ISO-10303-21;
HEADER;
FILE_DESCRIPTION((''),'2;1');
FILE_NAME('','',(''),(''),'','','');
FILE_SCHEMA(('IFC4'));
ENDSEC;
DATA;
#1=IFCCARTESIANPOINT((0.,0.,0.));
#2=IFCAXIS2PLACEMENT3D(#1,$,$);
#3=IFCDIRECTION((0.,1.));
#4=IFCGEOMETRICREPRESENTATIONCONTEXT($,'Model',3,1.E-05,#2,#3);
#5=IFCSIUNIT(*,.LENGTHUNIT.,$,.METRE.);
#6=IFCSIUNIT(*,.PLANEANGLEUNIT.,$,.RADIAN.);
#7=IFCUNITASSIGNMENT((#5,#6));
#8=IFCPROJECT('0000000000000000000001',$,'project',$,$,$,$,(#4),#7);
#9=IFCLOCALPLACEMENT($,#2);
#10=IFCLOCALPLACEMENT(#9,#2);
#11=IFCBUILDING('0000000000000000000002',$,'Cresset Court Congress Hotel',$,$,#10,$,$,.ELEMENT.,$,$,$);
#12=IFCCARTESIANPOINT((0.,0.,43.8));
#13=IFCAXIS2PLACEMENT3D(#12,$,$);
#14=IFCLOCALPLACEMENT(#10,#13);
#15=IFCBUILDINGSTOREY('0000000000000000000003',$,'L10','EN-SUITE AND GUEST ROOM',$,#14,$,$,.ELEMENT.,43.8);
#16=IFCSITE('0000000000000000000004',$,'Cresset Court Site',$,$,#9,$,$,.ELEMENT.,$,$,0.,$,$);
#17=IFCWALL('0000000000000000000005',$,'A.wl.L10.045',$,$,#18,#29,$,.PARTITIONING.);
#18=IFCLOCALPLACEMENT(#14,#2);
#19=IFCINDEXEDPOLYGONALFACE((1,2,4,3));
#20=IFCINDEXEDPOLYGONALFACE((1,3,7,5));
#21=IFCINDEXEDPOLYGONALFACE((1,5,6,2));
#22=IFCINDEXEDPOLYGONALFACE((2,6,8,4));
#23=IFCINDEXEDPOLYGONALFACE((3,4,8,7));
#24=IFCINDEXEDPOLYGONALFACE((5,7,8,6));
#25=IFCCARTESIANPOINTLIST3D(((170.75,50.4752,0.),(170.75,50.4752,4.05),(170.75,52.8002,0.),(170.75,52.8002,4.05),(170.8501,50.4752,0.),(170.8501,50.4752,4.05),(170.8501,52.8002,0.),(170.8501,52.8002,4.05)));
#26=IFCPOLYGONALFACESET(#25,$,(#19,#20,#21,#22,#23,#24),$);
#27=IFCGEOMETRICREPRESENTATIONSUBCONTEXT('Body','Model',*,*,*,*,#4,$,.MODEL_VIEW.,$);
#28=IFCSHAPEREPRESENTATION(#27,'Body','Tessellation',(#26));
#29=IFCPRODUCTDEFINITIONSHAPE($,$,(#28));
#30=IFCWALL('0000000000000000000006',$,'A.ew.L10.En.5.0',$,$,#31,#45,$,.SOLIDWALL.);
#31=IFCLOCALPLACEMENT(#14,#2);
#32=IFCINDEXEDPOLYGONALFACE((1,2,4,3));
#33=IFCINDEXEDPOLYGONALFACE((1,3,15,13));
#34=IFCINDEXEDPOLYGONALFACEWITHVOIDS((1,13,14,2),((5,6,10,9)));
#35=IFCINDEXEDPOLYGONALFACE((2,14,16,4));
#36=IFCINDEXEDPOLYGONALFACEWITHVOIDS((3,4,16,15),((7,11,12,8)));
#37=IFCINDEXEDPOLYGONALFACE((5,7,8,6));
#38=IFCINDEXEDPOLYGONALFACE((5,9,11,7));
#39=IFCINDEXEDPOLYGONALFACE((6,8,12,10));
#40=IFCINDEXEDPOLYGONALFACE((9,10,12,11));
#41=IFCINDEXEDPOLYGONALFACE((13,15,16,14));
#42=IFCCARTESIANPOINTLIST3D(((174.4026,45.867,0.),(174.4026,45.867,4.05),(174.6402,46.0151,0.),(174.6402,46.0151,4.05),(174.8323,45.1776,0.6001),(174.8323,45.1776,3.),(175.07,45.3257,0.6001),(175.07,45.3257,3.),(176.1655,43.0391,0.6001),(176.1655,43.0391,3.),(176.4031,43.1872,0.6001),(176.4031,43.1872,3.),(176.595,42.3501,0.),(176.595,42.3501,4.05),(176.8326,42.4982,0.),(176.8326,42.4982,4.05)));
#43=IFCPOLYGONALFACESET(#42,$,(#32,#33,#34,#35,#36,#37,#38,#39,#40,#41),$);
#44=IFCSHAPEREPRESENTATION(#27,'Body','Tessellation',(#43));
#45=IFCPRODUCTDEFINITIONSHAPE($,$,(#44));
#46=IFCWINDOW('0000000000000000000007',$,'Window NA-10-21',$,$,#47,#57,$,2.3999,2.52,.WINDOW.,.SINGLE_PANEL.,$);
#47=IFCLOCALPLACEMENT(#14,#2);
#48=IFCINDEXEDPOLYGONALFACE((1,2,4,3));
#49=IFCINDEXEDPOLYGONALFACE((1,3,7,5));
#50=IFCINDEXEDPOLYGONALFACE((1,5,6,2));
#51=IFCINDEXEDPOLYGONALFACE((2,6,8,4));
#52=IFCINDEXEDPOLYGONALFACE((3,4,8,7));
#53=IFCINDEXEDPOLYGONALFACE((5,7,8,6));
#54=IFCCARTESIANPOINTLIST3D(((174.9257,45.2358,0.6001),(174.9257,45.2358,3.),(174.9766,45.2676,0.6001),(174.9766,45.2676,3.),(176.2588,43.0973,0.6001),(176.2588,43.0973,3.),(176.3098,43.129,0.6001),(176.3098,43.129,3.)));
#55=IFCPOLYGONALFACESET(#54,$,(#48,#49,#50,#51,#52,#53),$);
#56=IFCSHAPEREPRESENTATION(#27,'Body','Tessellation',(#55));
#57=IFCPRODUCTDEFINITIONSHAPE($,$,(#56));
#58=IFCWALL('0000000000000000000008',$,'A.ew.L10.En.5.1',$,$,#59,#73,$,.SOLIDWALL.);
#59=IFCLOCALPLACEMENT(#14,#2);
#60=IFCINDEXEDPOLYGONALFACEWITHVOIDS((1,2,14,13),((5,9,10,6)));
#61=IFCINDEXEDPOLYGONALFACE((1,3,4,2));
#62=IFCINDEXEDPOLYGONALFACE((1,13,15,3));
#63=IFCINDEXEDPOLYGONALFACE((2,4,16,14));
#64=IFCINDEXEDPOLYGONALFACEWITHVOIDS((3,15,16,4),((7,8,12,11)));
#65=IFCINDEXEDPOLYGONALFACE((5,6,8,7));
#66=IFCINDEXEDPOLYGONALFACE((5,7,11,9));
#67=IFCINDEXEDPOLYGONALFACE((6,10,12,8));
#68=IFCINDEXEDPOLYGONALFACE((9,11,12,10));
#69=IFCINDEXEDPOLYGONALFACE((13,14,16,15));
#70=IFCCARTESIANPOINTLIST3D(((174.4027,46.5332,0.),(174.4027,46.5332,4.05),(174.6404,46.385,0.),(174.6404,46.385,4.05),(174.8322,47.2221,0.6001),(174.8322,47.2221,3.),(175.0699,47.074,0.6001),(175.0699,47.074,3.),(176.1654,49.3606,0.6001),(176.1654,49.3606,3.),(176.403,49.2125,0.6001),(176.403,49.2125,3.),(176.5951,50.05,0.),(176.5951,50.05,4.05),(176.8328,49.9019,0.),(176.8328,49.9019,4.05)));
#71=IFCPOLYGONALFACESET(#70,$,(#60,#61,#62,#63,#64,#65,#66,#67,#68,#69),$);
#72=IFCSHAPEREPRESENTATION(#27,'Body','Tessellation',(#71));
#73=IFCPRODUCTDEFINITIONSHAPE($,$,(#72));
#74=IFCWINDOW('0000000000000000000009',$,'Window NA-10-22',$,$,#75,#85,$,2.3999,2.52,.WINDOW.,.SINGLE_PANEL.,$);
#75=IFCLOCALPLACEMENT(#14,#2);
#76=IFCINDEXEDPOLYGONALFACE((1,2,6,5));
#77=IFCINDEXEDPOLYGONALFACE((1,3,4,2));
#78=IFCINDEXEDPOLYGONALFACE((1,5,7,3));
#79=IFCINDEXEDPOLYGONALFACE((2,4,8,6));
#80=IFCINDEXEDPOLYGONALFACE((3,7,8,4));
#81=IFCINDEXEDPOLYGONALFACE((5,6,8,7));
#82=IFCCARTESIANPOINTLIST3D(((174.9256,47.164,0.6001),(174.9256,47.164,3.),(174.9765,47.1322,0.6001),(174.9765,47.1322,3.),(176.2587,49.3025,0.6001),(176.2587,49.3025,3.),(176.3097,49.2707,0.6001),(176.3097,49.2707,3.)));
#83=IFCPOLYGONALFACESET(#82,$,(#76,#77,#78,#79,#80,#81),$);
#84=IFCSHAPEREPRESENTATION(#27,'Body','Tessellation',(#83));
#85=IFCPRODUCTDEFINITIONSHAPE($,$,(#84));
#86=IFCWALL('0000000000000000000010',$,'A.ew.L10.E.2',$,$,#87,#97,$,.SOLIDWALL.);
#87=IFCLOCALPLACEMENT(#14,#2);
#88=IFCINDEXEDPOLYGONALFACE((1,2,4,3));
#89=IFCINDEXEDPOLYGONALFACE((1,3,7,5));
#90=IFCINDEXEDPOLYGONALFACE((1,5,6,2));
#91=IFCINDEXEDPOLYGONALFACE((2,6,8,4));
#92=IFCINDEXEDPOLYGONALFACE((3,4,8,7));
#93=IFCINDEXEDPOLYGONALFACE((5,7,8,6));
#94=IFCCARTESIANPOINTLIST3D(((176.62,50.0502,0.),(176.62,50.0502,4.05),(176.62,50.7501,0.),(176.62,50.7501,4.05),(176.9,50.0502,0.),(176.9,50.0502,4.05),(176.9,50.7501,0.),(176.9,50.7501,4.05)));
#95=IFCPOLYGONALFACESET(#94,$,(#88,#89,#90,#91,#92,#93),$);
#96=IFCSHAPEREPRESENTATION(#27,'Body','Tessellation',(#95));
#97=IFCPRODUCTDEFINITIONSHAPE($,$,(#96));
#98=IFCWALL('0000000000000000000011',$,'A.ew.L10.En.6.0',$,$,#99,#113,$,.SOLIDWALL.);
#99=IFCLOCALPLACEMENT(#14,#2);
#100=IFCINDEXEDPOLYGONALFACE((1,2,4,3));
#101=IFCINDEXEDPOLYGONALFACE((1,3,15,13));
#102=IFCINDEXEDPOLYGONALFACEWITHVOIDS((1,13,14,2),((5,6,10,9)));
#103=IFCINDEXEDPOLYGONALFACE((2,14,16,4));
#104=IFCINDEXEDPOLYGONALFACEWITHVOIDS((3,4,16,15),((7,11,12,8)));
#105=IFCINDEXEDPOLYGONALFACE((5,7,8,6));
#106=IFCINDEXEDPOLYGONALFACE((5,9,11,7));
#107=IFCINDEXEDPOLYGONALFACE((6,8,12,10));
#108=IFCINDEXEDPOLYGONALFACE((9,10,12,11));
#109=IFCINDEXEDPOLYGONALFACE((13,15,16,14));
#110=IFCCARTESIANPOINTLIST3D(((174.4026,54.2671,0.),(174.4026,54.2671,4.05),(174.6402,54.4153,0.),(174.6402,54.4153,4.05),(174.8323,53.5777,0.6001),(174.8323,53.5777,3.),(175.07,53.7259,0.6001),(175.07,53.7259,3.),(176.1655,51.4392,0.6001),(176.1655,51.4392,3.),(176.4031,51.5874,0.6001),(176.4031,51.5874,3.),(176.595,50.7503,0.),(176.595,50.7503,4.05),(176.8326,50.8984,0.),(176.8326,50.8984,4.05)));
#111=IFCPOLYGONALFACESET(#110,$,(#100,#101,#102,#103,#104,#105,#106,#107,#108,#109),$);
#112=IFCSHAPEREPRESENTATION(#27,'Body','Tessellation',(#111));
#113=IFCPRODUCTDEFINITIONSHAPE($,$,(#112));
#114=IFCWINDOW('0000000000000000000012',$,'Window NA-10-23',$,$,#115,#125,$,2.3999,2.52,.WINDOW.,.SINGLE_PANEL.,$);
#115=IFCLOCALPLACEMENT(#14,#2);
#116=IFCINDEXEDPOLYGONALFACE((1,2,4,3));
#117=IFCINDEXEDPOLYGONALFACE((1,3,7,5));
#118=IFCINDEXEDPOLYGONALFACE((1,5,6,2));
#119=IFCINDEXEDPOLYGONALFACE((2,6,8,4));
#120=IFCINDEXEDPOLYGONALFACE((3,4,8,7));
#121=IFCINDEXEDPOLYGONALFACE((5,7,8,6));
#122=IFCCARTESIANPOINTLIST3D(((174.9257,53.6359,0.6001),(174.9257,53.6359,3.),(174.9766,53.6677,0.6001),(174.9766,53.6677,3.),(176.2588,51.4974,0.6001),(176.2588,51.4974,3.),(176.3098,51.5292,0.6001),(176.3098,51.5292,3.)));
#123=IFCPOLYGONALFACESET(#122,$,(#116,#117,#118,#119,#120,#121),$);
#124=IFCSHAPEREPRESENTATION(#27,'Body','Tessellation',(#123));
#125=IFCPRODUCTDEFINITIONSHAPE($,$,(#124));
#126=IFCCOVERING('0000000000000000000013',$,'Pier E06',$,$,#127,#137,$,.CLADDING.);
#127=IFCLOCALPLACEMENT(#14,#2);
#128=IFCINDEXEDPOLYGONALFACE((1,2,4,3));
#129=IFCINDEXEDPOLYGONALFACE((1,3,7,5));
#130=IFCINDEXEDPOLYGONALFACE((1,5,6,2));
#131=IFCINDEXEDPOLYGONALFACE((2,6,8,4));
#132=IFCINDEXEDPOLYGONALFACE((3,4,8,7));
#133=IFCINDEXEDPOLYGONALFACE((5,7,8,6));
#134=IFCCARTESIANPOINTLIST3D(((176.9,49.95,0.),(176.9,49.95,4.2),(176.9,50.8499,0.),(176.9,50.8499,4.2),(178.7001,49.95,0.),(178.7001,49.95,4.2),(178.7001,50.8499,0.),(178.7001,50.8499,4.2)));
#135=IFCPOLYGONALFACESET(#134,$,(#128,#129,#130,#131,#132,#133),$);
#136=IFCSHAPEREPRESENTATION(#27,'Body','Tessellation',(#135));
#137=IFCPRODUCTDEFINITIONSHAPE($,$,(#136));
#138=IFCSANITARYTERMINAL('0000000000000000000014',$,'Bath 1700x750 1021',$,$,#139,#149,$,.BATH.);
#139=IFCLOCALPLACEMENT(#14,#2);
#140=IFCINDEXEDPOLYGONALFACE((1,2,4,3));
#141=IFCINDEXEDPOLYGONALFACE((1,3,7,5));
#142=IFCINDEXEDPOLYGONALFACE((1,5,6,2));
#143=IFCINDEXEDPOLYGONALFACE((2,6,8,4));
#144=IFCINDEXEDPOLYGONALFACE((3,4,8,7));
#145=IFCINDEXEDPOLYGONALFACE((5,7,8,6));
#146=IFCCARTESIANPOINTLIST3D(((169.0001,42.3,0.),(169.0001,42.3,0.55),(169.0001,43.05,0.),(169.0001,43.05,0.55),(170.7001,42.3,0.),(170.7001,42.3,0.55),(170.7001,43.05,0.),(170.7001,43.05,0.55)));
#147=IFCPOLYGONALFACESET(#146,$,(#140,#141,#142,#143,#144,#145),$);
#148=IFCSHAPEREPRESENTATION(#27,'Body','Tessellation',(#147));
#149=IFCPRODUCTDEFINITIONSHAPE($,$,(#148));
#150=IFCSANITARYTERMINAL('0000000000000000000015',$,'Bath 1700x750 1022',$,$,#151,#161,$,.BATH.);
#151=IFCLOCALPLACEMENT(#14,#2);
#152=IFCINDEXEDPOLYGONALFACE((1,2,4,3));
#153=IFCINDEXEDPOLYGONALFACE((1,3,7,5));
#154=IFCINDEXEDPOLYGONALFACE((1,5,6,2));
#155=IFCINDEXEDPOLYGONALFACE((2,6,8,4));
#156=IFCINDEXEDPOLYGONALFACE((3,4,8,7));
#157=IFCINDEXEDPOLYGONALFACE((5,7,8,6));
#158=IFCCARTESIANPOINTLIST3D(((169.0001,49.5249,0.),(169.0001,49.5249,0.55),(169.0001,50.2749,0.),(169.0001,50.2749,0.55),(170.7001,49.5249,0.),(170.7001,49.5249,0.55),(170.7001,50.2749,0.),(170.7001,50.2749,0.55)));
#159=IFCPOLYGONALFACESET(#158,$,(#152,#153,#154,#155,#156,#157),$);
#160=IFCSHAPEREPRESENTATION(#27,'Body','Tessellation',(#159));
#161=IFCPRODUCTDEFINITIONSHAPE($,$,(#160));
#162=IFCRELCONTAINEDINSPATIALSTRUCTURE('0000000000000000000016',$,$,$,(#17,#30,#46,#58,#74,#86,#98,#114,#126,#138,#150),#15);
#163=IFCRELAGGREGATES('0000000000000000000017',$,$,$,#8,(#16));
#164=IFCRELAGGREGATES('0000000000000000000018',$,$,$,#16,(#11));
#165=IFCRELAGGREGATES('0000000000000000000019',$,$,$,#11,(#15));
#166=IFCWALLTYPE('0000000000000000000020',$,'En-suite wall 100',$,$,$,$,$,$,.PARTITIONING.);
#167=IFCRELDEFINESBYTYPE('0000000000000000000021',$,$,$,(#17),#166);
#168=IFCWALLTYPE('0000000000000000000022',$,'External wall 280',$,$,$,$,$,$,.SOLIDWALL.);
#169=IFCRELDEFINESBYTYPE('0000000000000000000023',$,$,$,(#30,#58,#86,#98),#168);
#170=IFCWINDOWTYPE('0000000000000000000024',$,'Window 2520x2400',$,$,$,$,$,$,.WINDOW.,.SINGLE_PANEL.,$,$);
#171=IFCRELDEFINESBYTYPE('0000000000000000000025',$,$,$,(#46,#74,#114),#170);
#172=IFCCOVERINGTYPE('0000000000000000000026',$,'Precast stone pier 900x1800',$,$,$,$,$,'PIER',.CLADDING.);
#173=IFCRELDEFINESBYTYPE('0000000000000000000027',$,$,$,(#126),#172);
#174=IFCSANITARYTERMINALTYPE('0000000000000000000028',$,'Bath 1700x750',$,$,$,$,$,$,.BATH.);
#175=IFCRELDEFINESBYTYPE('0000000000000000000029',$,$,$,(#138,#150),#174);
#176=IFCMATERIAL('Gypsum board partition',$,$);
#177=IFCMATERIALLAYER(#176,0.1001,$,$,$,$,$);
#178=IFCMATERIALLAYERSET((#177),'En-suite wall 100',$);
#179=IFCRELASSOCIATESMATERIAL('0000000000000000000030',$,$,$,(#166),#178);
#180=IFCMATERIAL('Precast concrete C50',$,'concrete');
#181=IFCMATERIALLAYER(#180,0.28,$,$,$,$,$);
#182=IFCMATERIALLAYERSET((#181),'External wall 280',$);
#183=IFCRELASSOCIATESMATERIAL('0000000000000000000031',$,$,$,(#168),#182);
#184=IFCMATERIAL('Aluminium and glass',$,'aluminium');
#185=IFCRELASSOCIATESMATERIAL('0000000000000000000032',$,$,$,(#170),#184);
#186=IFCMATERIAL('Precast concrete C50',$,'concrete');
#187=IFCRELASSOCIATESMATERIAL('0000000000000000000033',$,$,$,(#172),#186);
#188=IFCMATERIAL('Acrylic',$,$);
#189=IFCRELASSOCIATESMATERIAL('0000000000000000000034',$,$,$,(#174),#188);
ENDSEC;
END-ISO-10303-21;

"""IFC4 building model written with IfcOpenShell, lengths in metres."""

from ifc_helpers import new_model, si_unit, direction, frame, frame_2d, origin, origin_2d, place, context, subcontext, project, spatial, rectangle, extrude, material, layer, layer_set, type_object, element, fill, save


model = new_model("IFC4")

# Units and contexts
model_context = context("Model", 3, precision=1e-05, world=origin(), true_north=direction((0.0, 1.0)))
body_context = subcontext(model_context, "Body", "Model", "MODEL_VIEW")
ifc_project = project(units=[si_unit("LENGTHUNIT", "METRE"), si_unit("PLANEANGLEUNIT", "RADIAN")], contexts=[model_context])

# Site, building, storey
site_placement = place(None, origin())
site = spatial("IfcSite", under=ifc_project, at=site_placement, Name="Cresset Court Site", CompositionType="ELEMENT", RefElevation=0.0)
building_placement = place(site_placement, origin())
building = spatial("IfcBuilding", under=site, at=building_placement, Name="Cresset Court Congress Hotel", CompositionType="ELEMENT")
storey_placement = place(building_placement, frame((0.0, 0.0, 43.8)))
storey = spatial("IfcBuildingStorey", under=building, at=storey_placement, Name="L10", Description="EN-SUITE AND GUEST ROOM", CompositionType="ELEMENT", Elevation=43.8)

# Shared definitions
ifc_material_1 = material(Name="Gypsum board partition")
ifc_layer_1 = layer(ifc_material_1, 0.1001)
ifc_layer_set_1 = layer_set([ifc_layer_1], Name="En-suite wall 100")
wall_type_1 = type_object("IfcWallType", Name="En-suite wall 100", PredefinedType="PARTITIONING", material=ifc_layer_set_1)

# Wall
wall_1_placement = place(storey_placement, frame((170.8, 50.4751, 0.0), z_axis=(0.0, 0.0, 1.0), x_axis=(0.0, 1.0, 0.0)))
element("IfcWall", 1, at=wall_1_placement, inside=storey, type_object=wall_type_1, Name="A.wl.L10.045", PredefinedType="PARTITIONING", context=body_context, shape_type="SweptSolid", body=[
    extrude(rectangle(XDim=2.325, YDim=0.1001, at=frame_2d((1.1626, 0.0))), origin(), (0.0, 0.0, 1.0), 4.05),
])

# Walls, openings, windows
ifc_material_2 = material(Name="Precast concrete C50", Category="concrete")
ifc_layer_2 = layer(ifc_material_2, 0.28)
ifc_layer_set_2 = layer_set([ifc_layer_2], Name="External wall 280")
wall_type_2 = type_object("IfcWallType", Name="External wall 280", PredefinedType="SOLIDWALL", material=ifc_layer_set_2)
wall_2_placement = place(storey_placement, frame((176.7139, 42.4241, 0.0), z_axis=(0.0, 0.0, 1.0), x_axis=(-0.529019, 0.84861, 0.0)))
wall_2 = element("IfcWall", 2, at=wall_2_placement, inside=storey, type_object=wall_type_2, Name="A.ew.L10.En.5.0", PredefinedType="SOLIDWALL", context=body_context, shape_type="SweptSolid", body=[
    extrude(rectangle(XDim=4.1443, YDim=0.28, at=frame_2d((2.0723, 0.0))), origin(), (0.0, 0.0, 1.0), 4.05),
])
opening_1_placement = place(wall_2_placement, frame((0.812, 0.0, 0.6001)))
opening_1 = element("IfcOpeningElement", 3, at=opening_1_placement, cuts=wall_2, PredefinedType="OPENING", context=body_context, shape_type="SweptSolid", body=[
    extrude(rectangle(XDim=2.52, YDim=2.3999, at=frame_2d((1.26, 1.2))), frame((0.0, 0.1499, 0.0), z_axis=(0.0, -1.0, 0.0), x_axis=(1.0, 0.0, 0.0)), (0.0, 0.0, 1.0), 0.3),
])
ifc_material_3 = material(Name="Aluminium and glass", Category="aluminium")
window_type = type_object("IfcWindowType", Name="Window 2520x2400", PartitioningType="SINGLE_PANEL", PredefinedType="WINDOW", material=ifc_material_3)
window_1_placement = place(opening_1_placement, origin())
window_1 = element("IfcWindow", 4, at=window_1_placement, inside=storey, type_object=window_type, Name="Window NA-10-21", OverallHeight=2.3999, OverallWidth=2.52, PartitioningType="SINGLE_PANEL", PredefinedType="WINDOW", context=body_context, shape_type="SweptSolid", body=[
    extrude(rectangle(XDim=2.52, YDim=2.3999, at=frame_2d((1.26, 1.2))), frame((0.0, 0.03, 0.0), z_axis=(0.0, -1.0, 0.0), x_axis=(1.0, 0.0, 0.0)), (0.0, 0.0, 1.0), 0.0601),
])
fill(opening_1, window_1)
wall_3_placement = place(storey_placement, frame((174.5215, 46.459, 0.0), z_axis=(0.0, 0.0, 1.0), x_axis=(0.529019, 0.84861, 0.0)))
wall_3 = element("IfcWall", 5, at=wall_3_placement, inside=storey, type_object=wall_type_2, Name="A.ew.L10.En.5.1", PredefinedType="SOLIDWALL", context=body_context, shape_type="SweptSolid", body=[
    extrude(rectangle(XDim=4.1443, YDim=0.28, at=frame_2d((2.0723, 0.0))), origin(), (0.0, 0.0, 1.0), 4.05),
])
opening_2_placement = place(wall_3_placement, frame((0.812, 0.0, 0.6001)))
opening_2 = element("IfcOpeningElement", 6, at=opening_2_placement, cuts=wall_3, PredefinedType="OPENING", context=body_context, shape_type="SweptSolid", body=[
    extrude(rectangle(XDim=2.52, YDim=2.3999, at=frame_2d((1.26, 1.2))), frame((0.0, 0.1499, 0.0), z_axis=(0.0, -1.0, 0.0), x_axis=(1.0, 0.0, 0.0)), (0.0, 0.0, 1.0), 0.3),
])
window_2_placement = place(opening_2_placement, origin())
window_2 = element("IfcWindow", 7, at=window_2_placement, inside=storey, type_object=window_type, Name="Window NA-10-22", OverallHeight=2.3999, OverallWidth=2.52, PartitioningType="SINGLE_PANEL", PredefinedType="WINDOW", context=body_context, shape_type="SweptSolid", body=[
    extrude(rectangle(XDim=2.52, YDim=2.3999, at=frame_2d((1.26, 1.2))), frame((0.0, 0.03, 0.0), z_axis=(0.0, -1.0, 0.0), x_axis=(1.0, 0.0, 0.0)), (0.0, 0.0, 1.0), 0.0601),
])
fill(opening_2, window_2)

# Wall
wall_4_placement = place(storey_placement, frame((176.76, 50.05, 0.0), z_axis=(0.0, 0.0, 1.0), x_axis=(0.0, 1.0, 0.0)))
element("IfcWall", 8, at=wall_4_placement, inside=storey, type_object=wall_type_2, Name="A.ew.L10.E.2", PredefinedType="SOLIDWALL", context=body_context, shape_type="SweptSolid", body=[
    extrude(rectangle(XDim=0.7, YDim=0.28, at=frame_2d((0.3501, 0.0))), origin(), (0.0, 0.0, 1.0), 4.05),
])

# Wall, opening, window
wall_5_placement = place(storey_placement, frame((176.7139, 50.8242, 0.0), z_axis=(0.0, 0.0, 1.0), x_axis=(-0.529019, 0.84861, 0.0)))
wall_5 = element("IfcWall", 9, at=wall_5_placement, inside=storey, type_object=wall_type_2, Name="A.ew.L10.En.6.0", PredefinedType="SOLIDWALL", context=body_context, shape_type="SweptSolid", body=[
    extrude(rectangle(XDim=4.1443, YDim=0.28, at=frame_2d((2.0723, 0.0))), origin(), (0.0, 0.0, 1.0), 4.05),
])
opening_3_placement = place(wall_5_placement, frame((0.812, 0.0, 0.6001)))
opening_3 = element("IfcOpeningElement", 10, at=opening_3_placement, cuts=wall_5, PredefinedType="OPENING", context=body_context, shape_type="SweptSolid", body=[
    extrude(rectangle(XDim=2.52, YDim=2.3999, at=frame_2d((1.26, 1.2))), frame((0.0, 0.1499, 0.0), z_axis=(0.0, -1.0, 0.0), x_axis=(1.0, 0.0, 0.0)), (0.0, 0.0, 1.0), 0.3),
])
window_3_placement = place(opening_3_placement, origin())
window_3 = element("IfcWindow", 11, at=window_3_placement, inside=storey, type_object=window_type, Name="Window NA-10-23", OverallHeight=2.3999, OverallWidth=2.52, PartitioningType="SINGLE_PANEL", PredefinedType="WINDOW", context=body_context, shape_type="SweptSolid", body=[
    extrude(rectangle(XDim=2.52, YDim=2.3999, at=frame_2d((1.26, 1.2))), frame((0.0, 0.03, 0.0), z_axis=(0.0, -1.0, 0.0), x_axis=(1.0, 0.0, 0.0)), (0.0, 0.0, 1.0), 0.0601),
])
fill(opening_3, window_3)

# Covering
ifc_material_4 = material(Name="Precast concrete C50", Category="concrete")
covering_type = type_object("IfcCoveringType", Name="Precast stone pier 900x1800", ElementType="PIER", PredefinedType="CLADDING", material=ifc_material_4)
covering_placement = place(storey_placement, frame((177.8, 50.3999, 0.0), z_axis=(0.0, 0.0, 1.0), x_axis=(1.0, 0.0, 0.0)))
element("IfcCovering", 12, at=covering_placement, inside=storey, type_object=covering_type, Name="Pier E06", PredefinedType="CLADDING", context=body_context, shape_type="SweptSolid", body=[
    extrude(rectangle(XDim=1.8, YDim=0.8999, at=origin_2d()), origin(), (0.0, 0.0, 1.0), 4.2),
])

# Sanitary terminals
ifc_material_5 = material(Name="Acrylic")
sanitary_terminal_type = type_object("IfcSanitaryTerminalType", Name="Bath 1700x750", PredefinedType="BATH", material=ifc_material_5)
for number, where, z_axis, x_axis, name in (
    (13, (169.8501, 42.675, 0.0), (0.0, 0.0, 1.0), (1.0, 0.0, 0.0), "Bath 1700x750 1021"),
    (14, (169.8501, 49.8999, 0.0), (0.0, 0.0, 1.0), (1.0, 0.0, 0.0), "Bath 1700x750 1022"),
):
    element("IfcSanitaryTerminal", number, at=place(storey_placement, frame(where, z_axis=z_axis, x_axis=x_axis)), inside=storey, type_object=sanitary_terminal_type, Name=name, PredefinedType="BATH", context=body_context, shape_type="SweptSolid", body=[
        extrude(rectangle(XDim=1.7, YDim=0.75, at=origin_2d()), origin(), (0.0, 0.0, 1.0), 0.55),
    ])

save(model, "model.ifc")
